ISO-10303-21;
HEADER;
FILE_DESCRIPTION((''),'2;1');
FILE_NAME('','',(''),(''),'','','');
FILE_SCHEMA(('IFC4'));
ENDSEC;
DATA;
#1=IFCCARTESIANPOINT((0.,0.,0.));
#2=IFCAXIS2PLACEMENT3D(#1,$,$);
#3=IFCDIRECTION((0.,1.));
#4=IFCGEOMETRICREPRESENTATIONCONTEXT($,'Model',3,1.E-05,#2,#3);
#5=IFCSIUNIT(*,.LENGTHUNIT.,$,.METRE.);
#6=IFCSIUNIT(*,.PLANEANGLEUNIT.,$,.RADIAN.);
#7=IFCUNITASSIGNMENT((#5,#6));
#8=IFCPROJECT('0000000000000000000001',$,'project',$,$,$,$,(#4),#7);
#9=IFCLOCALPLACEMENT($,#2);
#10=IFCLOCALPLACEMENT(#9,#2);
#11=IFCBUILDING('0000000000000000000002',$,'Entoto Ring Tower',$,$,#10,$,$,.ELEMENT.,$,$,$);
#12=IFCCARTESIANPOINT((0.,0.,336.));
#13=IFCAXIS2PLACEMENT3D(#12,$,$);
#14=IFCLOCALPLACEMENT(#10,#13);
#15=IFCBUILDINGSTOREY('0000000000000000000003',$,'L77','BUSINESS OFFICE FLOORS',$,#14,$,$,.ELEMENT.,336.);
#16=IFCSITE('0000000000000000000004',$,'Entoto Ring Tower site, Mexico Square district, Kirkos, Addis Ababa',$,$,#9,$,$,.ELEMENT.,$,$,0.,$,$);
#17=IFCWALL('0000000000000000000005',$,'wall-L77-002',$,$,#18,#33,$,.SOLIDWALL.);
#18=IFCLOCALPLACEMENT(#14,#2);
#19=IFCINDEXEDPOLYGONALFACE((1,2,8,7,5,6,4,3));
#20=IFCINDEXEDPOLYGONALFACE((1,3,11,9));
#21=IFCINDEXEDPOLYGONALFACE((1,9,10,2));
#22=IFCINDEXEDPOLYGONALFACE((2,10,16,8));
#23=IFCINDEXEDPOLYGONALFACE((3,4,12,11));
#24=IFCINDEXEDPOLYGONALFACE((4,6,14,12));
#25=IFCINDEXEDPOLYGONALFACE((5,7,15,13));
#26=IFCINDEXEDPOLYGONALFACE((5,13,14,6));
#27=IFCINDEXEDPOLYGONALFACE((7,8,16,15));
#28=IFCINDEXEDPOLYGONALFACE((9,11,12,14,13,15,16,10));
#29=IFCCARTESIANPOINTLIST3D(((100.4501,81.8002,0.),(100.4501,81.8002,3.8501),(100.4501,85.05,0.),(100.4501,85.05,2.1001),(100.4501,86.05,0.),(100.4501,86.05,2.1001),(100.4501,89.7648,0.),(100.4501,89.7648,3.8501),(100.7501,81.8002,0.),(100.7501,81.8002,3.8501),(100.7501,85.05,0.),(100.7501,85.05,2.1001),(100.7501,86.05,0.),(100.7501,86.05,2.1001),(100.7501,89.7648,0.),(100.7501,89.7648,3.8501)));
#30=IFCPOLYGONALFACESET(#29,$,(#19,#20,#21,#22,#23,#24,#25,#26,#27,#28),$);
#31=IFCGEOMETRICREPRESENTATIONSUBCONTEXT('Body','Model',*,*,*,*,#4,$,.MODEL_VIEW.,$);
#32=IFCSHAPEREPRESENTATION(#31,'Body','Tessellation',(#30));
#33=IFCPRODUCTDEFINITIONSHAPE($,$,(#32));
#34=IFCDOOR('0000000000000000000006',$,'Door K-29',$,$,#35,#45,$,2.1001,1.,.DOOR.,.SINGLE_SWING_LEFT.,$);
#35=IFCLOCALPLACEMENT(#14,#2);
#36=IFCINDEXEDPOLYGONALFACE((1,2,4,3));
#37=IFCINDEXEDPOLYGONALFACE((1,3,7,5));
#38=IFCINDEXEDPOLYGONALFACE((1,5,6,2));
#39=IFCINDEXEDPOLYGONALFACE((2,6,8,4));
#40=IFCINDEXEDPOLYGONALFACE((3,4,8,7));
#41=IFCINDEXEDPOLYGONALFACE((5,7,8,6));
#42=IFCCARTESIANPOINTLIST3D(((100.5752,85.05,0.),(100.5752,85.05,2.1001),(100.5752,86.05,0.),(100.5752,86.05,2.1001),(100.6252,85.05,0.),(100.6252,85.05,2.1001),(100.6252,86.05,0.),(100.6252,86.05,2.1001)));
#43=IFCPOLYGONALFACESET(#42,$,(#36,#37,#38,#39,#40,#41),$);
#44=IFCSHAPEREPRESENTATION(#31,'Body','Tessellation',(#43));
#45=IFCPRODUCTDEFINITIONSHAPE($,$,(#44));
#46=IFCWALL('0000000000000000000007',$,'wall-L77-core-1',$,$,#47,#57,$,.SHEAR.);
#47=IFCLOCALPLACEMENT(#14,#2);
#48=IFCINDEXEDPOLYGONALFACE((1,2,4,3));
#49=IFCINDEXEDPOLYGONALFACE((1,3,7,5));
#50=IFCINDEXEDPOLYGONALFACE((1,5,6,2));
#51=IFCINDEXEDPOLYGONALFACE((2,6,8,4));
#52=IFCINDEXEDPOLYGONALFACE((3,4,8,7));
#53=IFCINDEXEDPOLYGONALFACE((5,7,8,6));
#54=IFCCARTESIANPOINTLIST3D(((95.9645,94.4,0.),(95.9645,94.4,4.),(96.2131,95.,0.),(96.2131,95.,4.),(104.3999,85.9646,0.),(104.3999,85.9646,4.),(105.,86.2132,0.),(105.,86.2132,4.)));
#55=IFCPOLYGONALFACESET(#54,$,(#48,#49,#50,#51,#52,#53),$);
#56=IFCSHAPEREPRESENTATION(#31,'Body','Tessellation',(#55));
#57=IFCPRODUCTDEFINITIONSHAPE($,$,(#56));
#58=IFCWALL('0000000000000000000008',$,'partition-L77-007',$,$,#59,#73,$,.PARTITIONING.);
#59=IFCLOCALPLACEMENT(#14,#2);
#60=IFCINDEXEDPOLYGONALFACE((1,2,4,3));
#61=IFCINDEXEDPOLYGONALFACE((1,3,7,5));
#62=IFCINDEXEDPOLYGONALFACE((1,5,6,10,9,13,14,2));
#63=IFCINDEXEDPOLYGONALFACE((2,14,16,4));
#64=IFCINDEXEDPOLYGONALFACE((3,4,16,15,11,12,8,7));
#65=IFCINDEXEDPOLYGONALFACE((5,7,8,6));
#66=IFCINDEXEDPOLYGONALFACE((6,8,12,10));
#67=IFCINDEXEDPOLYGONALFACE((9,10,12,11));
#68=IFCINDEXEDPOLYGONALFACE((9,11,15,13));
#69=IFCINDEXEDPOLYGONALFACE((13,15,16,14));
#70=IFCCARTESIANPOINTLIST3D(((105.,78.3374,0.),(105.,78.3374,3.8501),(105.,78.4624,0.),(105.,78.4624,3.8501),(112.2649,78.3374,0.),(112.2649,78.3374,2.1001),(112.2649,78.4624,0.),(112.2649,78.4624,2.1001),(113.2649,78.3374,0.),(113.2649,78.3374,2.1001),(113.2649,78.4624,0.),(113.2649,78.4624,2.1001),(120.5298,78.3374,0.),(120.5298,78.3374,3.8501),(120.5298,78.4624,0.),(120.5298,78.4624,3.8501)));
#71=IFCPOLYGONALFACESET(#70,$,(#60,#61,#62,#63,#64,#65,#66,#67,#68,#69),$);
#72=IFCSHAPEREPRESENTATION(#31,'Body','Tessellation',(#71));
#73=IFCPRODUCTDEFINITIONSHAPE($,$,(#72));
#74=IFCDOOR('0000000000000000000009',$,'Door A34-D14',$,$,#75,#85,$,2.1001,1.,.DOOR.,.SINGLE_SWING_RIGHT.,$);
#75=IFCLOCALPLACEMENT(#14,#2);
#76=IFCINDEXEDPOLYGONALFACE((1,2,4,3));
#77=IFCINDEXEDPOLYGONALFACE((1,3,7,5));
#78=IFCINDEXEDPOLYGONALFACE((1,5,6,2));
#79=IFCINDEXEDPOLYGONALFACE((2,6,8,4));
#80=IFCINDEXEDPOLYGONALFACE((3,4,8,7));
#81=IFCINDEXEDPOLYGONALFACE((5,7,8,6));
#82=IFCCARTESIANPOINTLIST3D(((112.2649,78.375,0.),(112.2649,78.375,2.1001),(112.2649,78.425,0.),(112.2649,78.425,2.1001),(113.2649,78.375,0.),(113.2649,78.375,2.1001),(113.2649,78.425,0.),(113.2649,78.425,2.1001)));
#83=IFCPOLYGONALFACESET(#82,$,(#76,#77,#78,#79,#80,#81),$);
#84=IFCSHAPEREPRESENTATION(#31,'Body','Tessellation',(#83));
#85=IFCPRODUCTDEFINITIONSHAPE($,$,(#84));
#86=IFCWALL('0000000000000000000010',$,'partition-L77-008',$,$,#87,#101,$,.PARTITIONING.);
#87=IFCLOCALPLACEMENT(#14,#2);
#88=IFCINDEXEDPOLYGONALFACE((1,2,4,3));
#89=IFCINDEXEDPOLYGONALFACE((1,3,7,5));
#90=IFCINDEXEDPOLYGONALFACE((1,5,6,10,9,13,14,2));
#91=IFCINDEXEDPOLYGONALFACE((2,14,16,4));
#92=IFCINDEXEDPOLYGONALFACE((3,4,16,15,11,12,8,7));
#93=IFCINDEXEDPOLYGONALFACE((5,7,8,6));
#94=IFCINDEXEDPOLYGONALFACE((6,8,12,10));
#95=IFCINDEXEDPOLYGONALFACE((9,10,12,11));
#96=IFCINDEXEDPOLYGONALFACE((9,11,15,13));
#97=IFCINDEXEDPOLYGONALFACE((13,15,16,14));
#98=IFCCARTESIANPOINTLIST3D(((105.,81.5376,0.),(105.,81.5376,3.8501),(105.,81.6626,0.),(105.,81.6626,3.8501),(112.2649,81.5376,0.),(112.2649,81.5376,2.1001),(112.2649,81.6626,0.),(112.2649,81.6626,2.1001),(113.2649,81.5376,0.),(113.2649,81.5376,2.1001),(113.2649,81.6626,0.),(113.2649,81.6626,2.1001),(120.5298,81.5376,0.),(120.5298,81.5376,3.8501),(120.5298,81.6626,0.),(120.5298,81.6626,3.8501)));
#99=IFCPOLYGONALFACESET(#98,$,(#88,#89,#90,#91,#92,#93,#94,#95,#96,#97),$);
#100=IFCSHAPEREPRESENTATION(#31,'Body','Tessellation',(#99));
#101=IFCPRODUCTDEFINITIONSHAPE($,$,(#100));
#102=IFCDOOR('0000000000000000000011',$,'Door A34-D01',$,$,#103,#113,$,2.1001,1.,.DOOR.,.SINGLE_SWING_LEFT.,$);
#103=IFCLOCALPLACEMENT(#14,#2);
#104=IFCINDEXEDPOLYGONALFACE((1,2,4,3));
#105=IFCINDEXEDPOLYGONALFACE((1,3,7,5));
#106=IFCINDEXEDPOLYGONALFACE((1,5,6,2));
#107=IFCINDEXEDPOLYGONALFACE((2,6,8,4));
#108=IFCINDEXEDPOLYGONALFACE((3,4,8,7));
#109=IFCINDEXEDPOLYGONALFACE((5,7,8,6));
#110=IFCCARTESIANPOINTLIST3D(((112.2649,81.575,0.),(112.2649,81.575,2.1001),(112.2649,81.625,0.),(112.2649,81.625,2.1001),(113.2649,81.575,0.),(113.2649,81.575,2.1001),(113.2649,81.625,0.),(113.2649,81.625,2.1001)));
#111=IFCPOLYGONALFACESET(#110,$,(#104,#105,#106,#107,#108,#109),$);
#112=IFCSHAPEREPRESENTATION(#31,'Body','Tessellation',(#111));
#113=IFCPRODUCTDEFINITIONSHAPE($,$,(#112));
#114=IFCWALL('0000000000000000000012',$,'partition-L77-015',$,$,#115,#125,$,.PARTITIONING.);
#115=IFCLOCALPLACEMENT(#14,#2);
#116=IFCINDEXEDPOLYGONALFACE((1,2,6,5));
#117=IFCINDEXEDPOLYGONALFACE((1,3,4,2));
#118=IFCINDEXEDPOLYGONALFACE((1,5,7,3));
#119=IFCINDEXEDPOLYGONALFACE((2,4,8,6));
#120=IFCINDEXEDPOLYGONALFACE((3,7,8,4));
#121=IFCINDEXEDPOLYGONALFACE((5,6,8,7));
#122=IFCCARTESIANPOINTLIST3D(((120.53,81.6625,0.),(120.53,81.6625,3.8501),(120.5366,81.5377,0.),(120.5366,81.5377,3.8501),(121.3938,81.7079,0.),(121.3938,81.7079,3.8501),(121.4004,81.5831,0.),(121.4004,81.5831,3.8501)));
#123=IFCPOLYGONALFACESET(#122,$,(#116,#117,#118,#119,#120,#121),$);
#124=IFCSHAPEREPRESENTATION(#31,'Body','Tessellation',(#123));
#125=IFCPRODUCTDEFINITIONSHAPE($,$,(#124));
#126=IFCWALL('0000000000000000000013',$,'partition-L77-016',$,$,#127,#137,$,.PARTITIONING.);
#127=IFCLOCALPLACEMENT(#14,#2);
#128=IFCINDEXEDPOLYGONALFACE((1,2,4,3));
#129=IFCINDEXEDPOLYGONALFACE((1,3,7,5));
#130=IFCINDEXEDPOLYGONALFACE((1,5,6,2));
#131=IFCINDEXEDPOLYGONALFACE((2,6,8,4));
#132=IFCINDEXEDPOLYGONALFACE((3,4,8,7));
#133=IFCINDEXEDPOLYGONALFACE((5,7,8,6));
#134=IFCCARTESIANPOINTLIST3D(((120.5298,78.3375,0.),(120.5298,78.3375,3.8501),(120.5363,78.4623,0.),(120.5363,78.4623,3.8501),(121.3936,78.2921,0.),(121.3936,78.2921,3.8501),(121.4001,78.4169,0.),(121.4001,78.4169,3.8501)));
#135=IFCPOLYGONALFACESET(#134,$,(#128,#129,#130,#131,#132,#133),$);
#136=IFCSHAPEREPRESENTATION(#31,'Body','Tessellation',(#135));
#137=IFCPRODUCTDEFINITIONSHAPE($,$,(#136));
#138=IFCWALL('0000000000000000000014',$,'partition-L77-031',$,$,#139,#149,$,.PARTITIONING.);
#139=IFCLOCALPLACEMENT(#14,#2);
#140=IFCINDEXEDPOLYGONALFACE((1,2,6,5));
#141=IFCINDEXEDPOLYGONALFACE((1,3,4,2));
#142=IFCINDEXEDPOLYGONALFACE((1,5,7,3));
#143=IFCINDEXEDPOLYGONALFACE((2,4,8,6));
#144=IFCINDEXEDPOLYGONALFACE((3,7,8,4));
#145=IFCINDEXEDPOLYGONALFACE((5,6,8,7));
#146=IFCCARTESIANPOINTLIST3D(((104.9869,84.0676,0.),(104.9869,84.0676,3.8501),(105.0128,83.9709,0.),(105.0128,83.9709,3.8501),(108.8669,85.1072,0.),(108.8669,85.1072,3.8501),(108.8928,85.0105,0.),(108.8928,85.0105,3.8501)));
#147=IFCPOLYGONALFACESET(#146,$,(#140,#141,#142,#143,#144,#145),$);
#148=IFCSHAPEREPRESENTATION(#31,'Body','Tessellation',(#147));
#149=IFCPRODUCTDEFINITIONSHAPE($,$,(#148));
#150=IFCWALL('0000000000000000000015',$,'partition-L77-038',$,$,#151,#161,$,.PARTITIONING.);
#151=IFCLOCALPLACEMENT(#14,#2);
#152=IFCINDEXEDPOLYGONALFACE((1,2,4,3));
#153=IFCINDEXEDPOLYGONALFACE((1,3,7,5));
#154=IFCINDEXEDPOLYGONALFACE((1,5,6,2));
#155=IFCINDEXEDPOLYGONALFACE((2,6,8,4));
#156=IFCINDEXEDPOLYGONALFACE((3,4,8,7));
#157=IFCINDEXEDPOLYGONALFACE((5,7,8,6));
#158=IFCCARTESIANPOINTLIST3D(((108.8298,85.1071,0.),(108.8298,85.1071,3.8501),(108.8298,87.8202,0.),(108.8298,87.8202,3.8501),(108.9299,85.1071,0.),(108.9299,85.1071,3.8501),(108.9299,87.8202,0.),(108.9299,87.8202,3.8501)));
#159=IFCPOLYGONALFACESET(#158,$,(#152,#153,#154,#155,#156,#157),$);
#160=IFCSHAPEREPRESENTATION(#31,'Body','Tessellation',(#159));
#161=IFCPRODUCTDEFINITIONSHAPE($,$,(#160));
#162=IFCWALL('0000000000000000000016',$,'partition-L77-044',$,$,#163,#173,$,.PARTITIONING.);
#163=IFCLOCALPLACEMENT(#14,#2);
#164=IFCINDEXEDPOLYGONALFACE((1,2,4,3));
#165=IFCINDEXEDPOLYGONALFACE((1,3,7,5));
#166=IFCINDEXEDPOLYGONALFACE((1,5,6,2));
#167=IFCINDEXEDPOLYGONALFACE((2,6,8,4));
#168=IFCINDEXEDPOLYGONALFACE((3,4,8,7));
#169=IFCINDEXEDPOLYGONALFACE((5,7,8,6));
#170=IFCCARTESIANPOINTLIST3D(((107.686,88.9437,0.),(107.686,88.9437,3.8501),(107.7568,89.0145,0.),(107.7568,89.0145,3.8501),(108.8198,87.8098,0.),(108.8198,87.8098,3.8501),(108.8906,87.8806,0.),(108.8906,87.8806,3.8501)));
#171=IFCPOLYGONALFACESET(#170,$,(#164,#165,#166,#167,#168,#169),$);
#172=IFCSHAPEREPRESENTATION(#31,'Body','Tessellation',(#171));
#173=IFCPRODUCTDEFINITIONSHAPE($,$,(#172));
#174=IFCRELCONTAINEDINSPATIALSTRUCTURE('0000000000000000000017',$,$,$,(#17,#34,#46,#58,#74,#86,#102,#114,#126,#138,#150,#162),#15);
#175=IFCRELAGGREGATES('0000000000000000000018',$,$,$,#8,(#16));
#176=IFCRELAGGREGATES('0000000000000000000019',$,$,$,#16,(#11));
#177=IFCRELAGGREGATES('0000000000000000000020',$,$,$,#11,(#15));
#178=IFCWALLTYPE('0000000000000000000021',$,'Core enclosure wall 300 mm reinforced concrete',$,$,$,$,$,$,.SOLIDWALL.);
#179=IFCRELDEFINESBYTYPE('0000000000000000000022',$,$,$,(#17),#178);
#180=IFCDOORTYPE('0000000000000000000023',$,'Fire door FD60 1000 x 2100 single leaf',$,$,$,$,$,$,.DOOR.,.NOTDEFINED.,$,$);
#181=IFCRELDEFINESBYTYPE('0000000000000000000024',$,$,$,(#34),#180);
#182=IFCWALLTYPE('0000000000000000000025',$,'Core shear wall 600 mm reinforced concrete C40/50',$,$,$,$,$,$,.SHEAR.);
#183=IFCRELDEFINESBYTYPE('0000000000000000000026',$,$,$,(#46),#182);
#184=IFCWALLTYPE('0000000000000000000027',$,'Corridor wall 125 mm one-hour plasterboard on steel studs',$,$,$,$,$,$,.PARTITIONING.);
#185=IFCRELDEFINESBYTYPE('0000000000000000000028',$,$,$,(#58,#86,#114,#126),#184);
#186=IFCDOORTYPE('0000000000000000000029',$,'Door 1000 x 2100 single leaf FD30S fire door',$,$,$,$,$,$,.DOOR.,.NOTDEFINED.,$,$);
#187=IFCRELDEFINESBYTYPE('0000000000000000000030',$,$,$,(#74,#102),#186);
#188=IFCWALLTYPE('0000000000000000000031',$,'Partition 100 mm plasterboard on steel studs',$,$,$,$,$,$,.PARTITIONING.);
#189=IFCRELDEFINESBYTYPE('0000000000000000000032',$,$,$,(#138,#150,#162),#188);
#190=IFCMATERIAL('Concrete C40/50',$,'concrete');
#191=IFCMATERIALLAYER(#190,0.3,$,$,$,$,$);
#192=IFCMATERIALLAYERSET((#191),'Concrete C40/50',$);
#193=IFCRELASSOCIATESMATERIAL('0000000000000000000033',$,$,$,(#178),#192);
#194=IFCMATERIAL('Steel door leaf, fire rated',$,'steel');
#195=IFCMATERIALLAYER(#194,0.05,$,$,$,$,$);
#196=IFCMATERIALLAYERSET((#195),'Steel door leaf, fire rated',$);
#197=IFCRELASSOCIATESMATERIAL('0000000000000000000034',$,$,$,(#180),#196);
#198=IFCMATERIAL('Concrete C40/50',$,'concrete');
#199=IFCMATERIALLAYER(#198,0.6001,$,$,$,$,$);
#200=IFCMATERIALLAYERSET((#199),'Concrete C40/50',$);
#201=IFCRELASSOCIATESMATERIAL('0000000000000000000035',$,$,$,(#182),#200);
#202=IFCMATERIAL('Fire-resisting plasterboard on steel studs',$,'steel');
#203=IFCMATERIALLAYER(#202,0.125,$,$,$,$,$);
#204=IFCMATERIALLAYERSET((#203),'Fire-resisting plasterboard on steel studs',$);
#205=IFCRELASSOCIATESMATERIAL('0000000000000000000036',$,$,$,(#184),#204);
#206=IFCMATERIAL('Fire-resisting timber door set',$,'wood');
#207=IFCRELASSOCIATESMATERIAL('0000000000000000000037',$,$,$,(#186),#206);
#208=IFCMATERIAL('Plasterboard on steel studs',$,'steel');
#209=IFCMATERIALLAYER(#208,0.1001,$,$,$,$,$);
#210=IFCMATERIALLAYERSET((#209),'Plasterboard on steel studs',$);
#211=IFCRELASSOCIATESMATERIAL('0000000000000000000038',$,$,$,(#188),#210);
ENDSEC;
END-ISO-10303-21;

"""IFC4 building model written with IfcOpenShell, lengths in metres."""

from ifc_helpers import new_model, si_unit, direction, frame, frame_2d, origin, place, context, subcontext, project, spatial, polyline, rectangle, outline, extrude, material, layer, layer_set, type_object, element, fill, save


model = new_model("IFC4")

# Units and contexts
model_context = context("Model", 3, precision=1e-05, world=origin(), true_north=direction((0.0, 1.0)))
body_context = subcontext(model_context, "Body", "Model", "MODEL_VIEW")
ifc_project = project(units=[si_unit("LENGTHUNIT", "METRE"), si_unit("PLANEANGLEUNIT", "RADIAN")], contexts=[model_context])

# Site, building, storey
site_placement = place(None, origin())
site = spatial("IfcSite", under=ifc_project, at=site_placement, Name="Entoto Ring Tower site, Mexico Square district, Kirkos, Addis Ababa", CompositionType="ELEMENT", RefElevation=0.0)
building_placement = place(site_placement, origin())
building = spatial("IfcBuilding", under=site, at=building_placement, Name="Entoto Ring Tower", CompositionType="ELEMENT")
storey_placement = place(building_placement, frame((0.0, 0.0, 336.0)))
storey = spatial("IfcBuildingStorey", under=building, at=storey_placement, Name="L77", Description="BUSINESS OFFICE FLOORS", CompositionType="ELEMENT", Elevation=336.0)

# Wall, opening, door
ifc_material_1 = material(Name="Concrete C40/50", Category="concrete")
ifc_layer_1 = layer(ifc_material_1, 0.3)
ifc_layer_set_1 = layer_set([ifc_layer_1], Name="Concrete C40/50")
wall_type_1 = type_object("IfcWallType", Name="Core enclosure wall 300 mm reinforced concrete", PredefinedType="SOLIDWALL", material=ifc_layer_set_1)
wall_1_placement = place(storey_placement, frame((100.6001, 81.8, 0.0), z_axis=(0.0, 0.0, 1.0), x_axis=(0.0, 1.0, 0.0)))
wall_1 = element("IfcWall", 1, at=wall_1_placement, inside=storey, type_object=wall_type_1, Name="wall-L77-002", PredefinedType="SOLIDWALL", context=body_context, shape_type="SweptSolid", body=[
    extrude(rectangle(XDim=7.9646, YDim=0.3, at=frame_2d((3.9824, 0.0))), origin(), (0.0, 0.0, 1.0), 3.8501),
])
opening_1_placement = place(wall_1_placement, frame((3.25, 0.0, 0.0)))
opening_1 = element("IfcOpeningElement", 2, at=opening_1_placement, cuts=wall_1, PredefinedType="OPENING", context=body_context, shape_type="SweptSolid", body=[
    extrude(rectangle(XDim=1.0, YDim=2.1001, at=frame_2d((0.5, 1.05))), frame((0.0, 0.1602, 0.0), z_axis=(0.0, -1.0, 0.0), x_axis=(1.0, 0.0, 0.0)), (0.0, 0.0, 1.0), 0.3201),
])
ifc_material_2 = material(Name="Steel door leaf, fire rated", Category="steel")
ifc_layer_2 = layer(ifc_material_2, 0.05)
ifc_layer_set_2 = layer_set([ifc_layer_2], Name="Steel door leaf, fire rated")
door_type_1 = type_object("IfcDoorType", Name="Fire door FD60 1000 x 2100 single leaf", OperationType="NOTDEFINED", PredefinedType="DOOR", material=ifc_layer_set_2)
door_1_placement = place(opening_1_placement, origin())
door_1 = element("IfcDoor", 3, at=door_1_placement, inside=storey, type_object=door_type_1, Name="Door K-29", OperationType="SINGLE_SWING_LEFT", OverallHeight=2.1001, OverallWidth=1.0, PredefinedType="DOOR", context=body_context, shape_type="SweptSolid", body=[
    extrude(rectangle(XDim=1.0, YDim=2.1001, at=frame_2d((0.5, 1.05))), frame((0.0, 0.0249, 0.0), z_axis=(0.0, -1.0, 0.0), x_axis=(1.0, 0.0, 0.0)), (0.0, 0.0, 1.0), 0.05),
])
fill(opening_1, door_1)

# Wall
ifc_material_3 = material(Name="Concrete C40/50", Category="concrete")
ifc_layer_3 = layer(ifc_material_3, 0.6001)
ifc_layer_set_3 = layer_set([ifc_layer_3], Name="Concrete C40/50")
wall_type_2 = type_object("IfcWallType", Name="Core shear wall 600 mm reinforced concrete C40/50", PredefinedType="SHEAR", material=ifc_layer_set_3)
wall_2_placement = place(storey_placement, frame((104.7, 86.0889, 0.0), z_axis=(0.0, 0.0, 1.0), x_axis=(-0.707107, 0.707107, 0.0)))
element("IfcWall", 4, at=wall_2_placement, inside=storey, type_object=wall_type_2, Name="wall-L77-core-1", PredefinedType="SHEAR", context=body_context, shape_type="SweptSolid", body=[
    extrude(outline(polyline([(-0.1243, -0.3), (12.3022, -0.3), (12.0537, 0.3), (0.1243, 0.3), (-0.1243, -0.3)])), origin(), (0.0, 0.0, 1.0), 4.0),
])

# Walls, openings, doors
ifc_material_4 = material(Name="Fire-resisting plasterboard on steel studs", Category="steel")
ifc_layer_4 = layer(ifc_material_4, 0.125)
ifc_layer_set_4 = layer_set([ifc_layer_4], Name="Fire-resisting plasterboard on steel studs")
wall_type_3 = type_object("IfcWallType", Name="Corridor wall 125 mm one-hour plasterboard on steel studs", PredefinedType="PARTITIONING", material=ifc_layer_set_4)
wall_3_placement = place(storey_placement, frame((105.0, 78.3999, 0.0), z_axis=(0.0, 0.0, 1.0), x_axis=(1.0, 0.0, 0.0)))
wall_3 = element("IfcWall", 5, at=wall_3_placement, inside=storey, type_object=wall_type_3, Name="partition-L77-007", PredefinedType="PARTITIONING", context=body_context, shape_type="SweptSolid", body=[
    extrude(rectangle(XDim=15.5298, YDim=0.125, at=frame_2d((7.7649, 0.0))), origin(), (0.0, 0.0, 1.0), 3.8501),
])
opening_2_placement = place(wall_3_placement, frame((7.2649, 0.0, 0.0)))
opening_2 = element("IfcOpeningElement", 6, at=opening_2_placement, cuts=wall_3, PredefinedType="OPENING", context=body_context, shape_type="SweptSolid", body=[
    extrude(rectangle(XDim=1.0, YDim=2.1001, at=frame_2d((0.5, 1.05))), frame((0.0, 0.0725, 0.0), z_axis=(0.0, -1.0, 0.0), x_axis=(1.0, 0.0, 0.0)), (0.0, 0.0, 1.0), 0.145),
])
ifc_material_5 = material(Name="Fire-resisting timber door set", Category="wood")
door_type_2 = type_object("IfcDoorType", Name="Door 1000 x 2100 single leaf FD30S fire door", OperationType="NOTDEFINED", PredefinedType="DOOR", material=ifc_material_5)
door_2_placement = place(opening_2_placement, frame((1.0, 0.0, 0.0), z_axis=(0.0, 0.0, 1.0), x_axis=(-1.0, 0.0, 0.0)))
door_2 = element("IfcDoor", 7, at=door_2_placement, inside=storey, type_object=door_type_2, Name="Door A34-D14", OperationType="SINGLE_SWING_RIGHT", OverallHeight=2.1001, OverallWidth=1.0, PredefinedType="DOOR", context=body_context, shape_type="SweptSolid", body=[
    extrude(rectangle(XDim=1.0, YDim=2.1001, at=frame_2d((0.5, 1.05))), frame((0.0, 0.0249, 0.0), z_axis=(0.0, -1.0, 0.0), x_axis=(1.0, 0.0, 0.0)), (0.0, 0.0, 1.0), 0.05),
])
fill(opening_2, door_2)
wall_4_placement = place(storey_placement, frame((105.0, 81.6001, 0.0), z_axis=(0.0, 0.0, 1.0), x_axis=(1.0, 0.0, 0.0)))
wall_4 = element("IfcWall", 8, at=wall_4_placement, inside=storey, type_object=wall_type_3, Name="partition-L77-008", PredefinedType="PARTITIONING", context=body_context, shape_type="SweptSolid", body=[
    extrude(rectangle(XDim=15.5298, YDim=0.125, at=frame_2d((7.7649, 0.0))), origin(), (0.0, 0.0, 1.0), 3.8501),
])
opening_3_placement = place(wall_4_placement, frame((7.2649, 0.0, 0.0)))
opening_3 = element("IfcOpeningElement", 9, at=opening_3_placement, cuts=wall_4, PredefinedType="OPENING", context=body_context, shape_type="SweptSolid", body=[
    extrude(rectangle(XDim=1.0, YDim=2.1001, at=frame_2d((0.5, 1.05))), frame((0.0, 0.0725, 0.0), z_axis=(0.0, -1.0, 0.0), x_axis=(1.0, 0.0, 0.0)), (0.0, 0.0, 1.0), 0.145),
])
door_3_placement = place(opening_3_placement, origin())
door_3 = element("IfcDoor", 10, at=door_3_placement, inside=storey, type_object=door_type_2, Name="Door A34-D01", OperationType="SINGLE_SWING_LEFT", OverallHeight=2.1001, OverallWidth=1.0, PredefinedType="DOOR", context=body_context, shape_type="SweptSolid", body=[
    extrude(rectangle(XDim=1.0, YDim=2.1001, at=frame_2d((0.5, 1.05))), frame((0.0, 0.0249, 0.0), z_axis=(0.0, -1.0, 0.0), x_axis=(1.0, 0.0, 0.0)), (0.0, 0.0, 1.0), 0.05),
])
fill(opening_3, door_3)

# Walls
for number, where, z_axis, x_axis, name in (
    (11, (120.5332, 81.6001, 0.0), (0.0, 0.0, 1.0), (0.998621, 0.0525, 0.0), "partition-L77-015"),
    (12, (121.397, 78.3545, 0.0), (0.0, 0.0, 1.0), (-0.998621, 0.0525, 0.0), "partition-L77-016"),
):
    element("IfcWall", number, at=place(storey_placement, frame(where, z_axis=z_axis, x_axis=x_axis)), inside=storey, type_object=wall_type_3, Name=name, PredefinedType="PARTITIONING", context=body_context, shape_type="SweptSolid", body=[
        extrude(rectangle(XDim=0.865, YDim=0.125, at=frame_2d((0.4326, 0.0))), origin(), (0.0, 0.0, 1.0), 3.8501),
    ])
ifc_material_6 = material(Name="Plasterboard on steel studs", Category="steel")
ifc_layer_5 = layer(ifc_material_6, 0.1001)
ifc_layer_set_5 = layer_set([ifc_layer_5], Name="Plasterboard on steel studs")
wall_type_4 = type_object("IfcWallType", Name="Partition 100 mm plasterboard on steel studs", PredefinedType="PARTITIONING", material=ifc_layer_set_5)
wall_5_placement = place(storey_placement, frame((105.0, 84.0193, 0.0), z_axis=(0.0, 0.0, 1.0), x_axis=(0.96593, 0.258805, 0.0)))
element("IfcWall", 13, at=wall_5_placement, inside=storey, type_object=wall_type_4, Name="partition-L77-031", PredefinedType="PARTITIONING", context=body_context, shape_type="SweptSolid", body=[
    extrude(rectangle(XDim=4.0168, YDim=0.1001, at=frame_2d((2.0083, 0.0))), origin(), (0.0, 0.0, 1.0), 3.8501),
])
wall_6_placement = place(storey_placement, frame((108.8799, 85.1072, 0.0), z_axis=(0.0, 0.0, 1.0), x_axis=(0.0, 1.0, 0.0)))
element("IfcWall", 14, at=wall_6_placement, inside=storey, type_object=wall_type_4, Name="partition-L77-038", PredefinedType="PARTITIONING", context=body_context, shape_type="SweptSolid", body=[
    extrude(rectangle(XDim=2.7131, YDim=0.1001, at=frame_2d((1.3564, 0.0))), origin(), (0.0, 0.0, 1.0), 3.8501),
])
wall_7_placement = place(storey_placement, frame((108.8552, 87.8452, 0.0), z_axis=(0.0, 0.0, 1.0), x_axis=(-0.707107, 0.707107, 0.0)))
element("IfcWall", 15, at=wall_7_placement, inside=storey, type_object=wall_type_4, Name="partition-L77-044", PredefinedType="PARTITIONING", context=body_context, shape_type="SweptSolid", body=[
    extrude(rectangle(XDim=1.6035, YDim=0.1001, at=frame_2d((0.8018, 0.0))), origin(), (0.0, 0.0, 1.0), 3.8501),
])

save(model, "model.ifc")
